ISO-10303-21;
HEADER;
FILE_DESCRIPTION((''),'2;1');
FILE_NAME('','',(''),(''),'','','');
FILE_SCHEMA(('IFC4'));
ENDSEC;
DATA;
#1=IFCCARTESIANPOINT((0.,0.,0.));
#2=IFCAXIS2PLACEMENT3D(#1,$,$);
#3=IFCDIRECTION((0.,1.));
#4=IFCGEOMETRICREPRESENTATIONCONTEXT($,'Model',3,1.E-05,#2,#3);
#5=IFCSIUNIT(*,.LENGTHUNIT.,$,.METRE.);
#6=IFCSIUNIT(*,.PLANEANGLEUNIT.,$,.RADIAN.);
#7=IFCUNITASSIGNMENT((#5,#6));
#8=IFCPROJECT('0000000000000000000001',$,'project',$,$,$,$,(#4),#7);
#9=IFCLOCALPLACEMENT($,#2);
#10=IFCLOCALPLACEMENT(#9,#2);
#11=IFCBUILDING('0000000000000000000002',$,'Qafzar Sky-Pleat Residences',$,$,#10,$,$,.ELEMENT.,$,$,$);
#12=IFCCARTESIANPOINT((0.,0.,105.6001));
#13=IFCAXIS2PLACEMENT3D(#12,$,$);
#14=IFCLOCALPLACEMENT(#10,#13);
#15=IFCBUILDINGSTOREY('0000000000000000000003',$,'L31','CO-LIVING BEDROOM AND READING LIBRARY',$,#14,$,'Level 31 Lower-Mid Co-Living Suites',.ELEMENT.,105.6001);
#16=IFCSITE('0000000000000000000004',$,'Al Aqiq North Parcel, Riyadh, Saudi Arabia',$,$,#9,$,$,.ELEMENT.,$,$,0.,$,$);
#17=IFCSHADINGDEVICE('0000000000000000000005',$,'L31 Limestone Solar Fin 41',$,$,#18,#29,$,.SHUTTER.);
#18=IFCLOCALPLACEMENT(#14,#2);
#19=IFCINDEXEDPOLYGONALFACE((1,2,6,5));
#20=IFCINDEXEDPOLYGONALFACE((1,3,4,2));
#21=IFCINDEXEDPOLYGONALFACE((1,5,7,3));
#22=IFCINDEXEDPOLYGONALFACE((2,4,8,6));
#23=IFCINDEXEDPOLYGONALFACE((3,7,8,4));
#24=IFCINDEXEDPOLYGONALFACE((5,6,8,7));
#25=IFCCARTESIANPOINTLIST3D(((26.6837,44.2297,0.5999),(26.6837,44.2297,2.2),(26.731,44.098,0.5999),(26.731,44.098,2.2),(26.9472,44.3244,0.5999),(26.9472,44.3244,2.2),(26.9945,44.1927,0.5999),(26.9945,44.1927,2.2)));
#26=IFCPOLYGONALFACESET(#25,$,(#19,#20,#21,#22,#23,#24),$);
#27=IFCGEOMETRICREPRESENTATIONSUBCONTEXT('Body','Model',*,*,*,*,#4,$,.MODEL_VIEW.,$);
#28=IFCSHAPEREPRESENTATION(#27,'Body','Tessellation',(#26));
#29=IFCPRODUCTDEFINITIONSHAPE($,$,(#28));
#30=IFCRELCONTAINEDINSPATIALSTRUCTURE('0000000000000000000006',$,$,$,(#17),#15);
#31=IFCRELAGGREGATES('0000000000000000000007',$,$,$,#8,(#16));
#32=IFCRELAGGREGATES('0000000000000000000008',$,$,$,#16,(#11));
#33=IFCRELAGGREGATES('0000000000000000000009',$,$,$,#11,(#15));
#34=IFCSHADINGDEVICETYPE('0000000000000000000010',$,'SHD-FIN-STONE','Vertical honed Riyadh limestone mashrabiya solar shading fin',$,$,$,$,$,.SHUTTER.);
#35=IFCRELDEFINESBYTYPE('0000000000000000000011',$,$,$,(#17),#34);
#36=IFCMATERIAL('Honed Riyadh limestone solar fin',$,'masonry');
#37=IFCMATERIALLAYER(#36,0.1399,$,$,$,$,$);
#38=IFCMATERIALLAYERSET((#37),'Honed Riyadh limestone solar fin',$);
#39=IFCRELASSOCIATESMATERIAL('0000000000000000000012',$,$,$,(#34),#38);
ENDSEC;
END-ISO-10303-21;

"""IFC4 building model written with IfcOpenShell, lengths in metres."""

from ifc_helpers import new_model, si_unit, direction, frame, origin, origin_2d, place, context, subcontext, project, spatial, rectangle, extrude, source, transform, mapped, material, layer, layer_set, type_object, element, save


model = new_model("IFC4")

# Units and contexts
model_context = context("Model", 3, precision=1e-05, world=origin(), true_north=direction((0.0, 1.0)))
body_context = subcontext(model_context, "Body", "Model", "MODEL_VIEW")
ifc_project = project(units=[si_unit("LENGTHUNIT", "METRE"), si_unit("PLANEANGLEUNIT", "RADIAN")], contexts=[model_context])

# Site, building, storey
site_placement = place(None, origin())
site = spatial("IfcSite", under=ifc_project, at=site_placement, Name="Al Aqiq North Parcel, Riyadh, Saudi Arabia", CompositionType="ELEMENT", RefElevation=0.0)
building_placement = place(site_placement, origin())
building = spatial("IfcBuilding", under=site, at=building_placement, Name="Qafzar Sky-Pleat Residences", CompositionType="ELEMENT")
storey_placement = place(building_placement, frame((0.0, 0.0, 105.6001)))
storey = spatial("IfcBuildingStorey", under=building, at=storey_placement, Name="L31", Description="CO-LIVING BEDROOM AND READING LIBRARY", LongName="Level 31 Lower-Mid Co-Living Suites", CompositionType="ELEMENT", Elevation=105.6001)

# Shading device
ifc_material_1 = material(Name="Honed Riyadh limestone solar fin", Category="masonry")
ifc_layer_1 = layer(ifc_material_1, 0.1399)
ifc_layer_set_1 = layer_set([ifc_layer_1], Name="Honed Riyadh limestone solar fin")
shading_device_type = type_object("IfcShadingDeviceType", Name="SHD-FIN-STONE", Description="Vertical honed Riyadh limestone mashrabiya solar shading fin", PredefinedType="SHUTTER", material=ifc_layer_set_1)
shared_shape_1 = source(origin(), body_context, "Body", "SweptSolid", [
    extrude(rectangle(XDim=0.1399, YDim=0.28, at=origin_2d()), origin(), (0.0, 0.0, 1.0), 1.6001),
])
shading_device_placement = place(storey_placement, frame((26.8391, 44.2112, 0.5999), z_axis=(0.0, 0.0, 1.0), x_axis=(-0.338159, 0.941089, 0.0)))
element("IfcShadingDevice", 1, at=shading_device_placement, inside=storey, type_object=shading_device_type, Name="L31 Limestone Solar Fin 41", PredefinedType="SHUTTER", context=body_context, shape_type="MappedRepresentation", body=[
    mapped(shared_shape_1, transform((0.0, 0.0, 0.0), x_axis=(1.0, 0.0, 0.0), y_axis=(0.0, 1.0, 0.0), z_axis=(0.0, 0.0, 1.0), scale=1.0)),
])

save(model, "model.ifc")
